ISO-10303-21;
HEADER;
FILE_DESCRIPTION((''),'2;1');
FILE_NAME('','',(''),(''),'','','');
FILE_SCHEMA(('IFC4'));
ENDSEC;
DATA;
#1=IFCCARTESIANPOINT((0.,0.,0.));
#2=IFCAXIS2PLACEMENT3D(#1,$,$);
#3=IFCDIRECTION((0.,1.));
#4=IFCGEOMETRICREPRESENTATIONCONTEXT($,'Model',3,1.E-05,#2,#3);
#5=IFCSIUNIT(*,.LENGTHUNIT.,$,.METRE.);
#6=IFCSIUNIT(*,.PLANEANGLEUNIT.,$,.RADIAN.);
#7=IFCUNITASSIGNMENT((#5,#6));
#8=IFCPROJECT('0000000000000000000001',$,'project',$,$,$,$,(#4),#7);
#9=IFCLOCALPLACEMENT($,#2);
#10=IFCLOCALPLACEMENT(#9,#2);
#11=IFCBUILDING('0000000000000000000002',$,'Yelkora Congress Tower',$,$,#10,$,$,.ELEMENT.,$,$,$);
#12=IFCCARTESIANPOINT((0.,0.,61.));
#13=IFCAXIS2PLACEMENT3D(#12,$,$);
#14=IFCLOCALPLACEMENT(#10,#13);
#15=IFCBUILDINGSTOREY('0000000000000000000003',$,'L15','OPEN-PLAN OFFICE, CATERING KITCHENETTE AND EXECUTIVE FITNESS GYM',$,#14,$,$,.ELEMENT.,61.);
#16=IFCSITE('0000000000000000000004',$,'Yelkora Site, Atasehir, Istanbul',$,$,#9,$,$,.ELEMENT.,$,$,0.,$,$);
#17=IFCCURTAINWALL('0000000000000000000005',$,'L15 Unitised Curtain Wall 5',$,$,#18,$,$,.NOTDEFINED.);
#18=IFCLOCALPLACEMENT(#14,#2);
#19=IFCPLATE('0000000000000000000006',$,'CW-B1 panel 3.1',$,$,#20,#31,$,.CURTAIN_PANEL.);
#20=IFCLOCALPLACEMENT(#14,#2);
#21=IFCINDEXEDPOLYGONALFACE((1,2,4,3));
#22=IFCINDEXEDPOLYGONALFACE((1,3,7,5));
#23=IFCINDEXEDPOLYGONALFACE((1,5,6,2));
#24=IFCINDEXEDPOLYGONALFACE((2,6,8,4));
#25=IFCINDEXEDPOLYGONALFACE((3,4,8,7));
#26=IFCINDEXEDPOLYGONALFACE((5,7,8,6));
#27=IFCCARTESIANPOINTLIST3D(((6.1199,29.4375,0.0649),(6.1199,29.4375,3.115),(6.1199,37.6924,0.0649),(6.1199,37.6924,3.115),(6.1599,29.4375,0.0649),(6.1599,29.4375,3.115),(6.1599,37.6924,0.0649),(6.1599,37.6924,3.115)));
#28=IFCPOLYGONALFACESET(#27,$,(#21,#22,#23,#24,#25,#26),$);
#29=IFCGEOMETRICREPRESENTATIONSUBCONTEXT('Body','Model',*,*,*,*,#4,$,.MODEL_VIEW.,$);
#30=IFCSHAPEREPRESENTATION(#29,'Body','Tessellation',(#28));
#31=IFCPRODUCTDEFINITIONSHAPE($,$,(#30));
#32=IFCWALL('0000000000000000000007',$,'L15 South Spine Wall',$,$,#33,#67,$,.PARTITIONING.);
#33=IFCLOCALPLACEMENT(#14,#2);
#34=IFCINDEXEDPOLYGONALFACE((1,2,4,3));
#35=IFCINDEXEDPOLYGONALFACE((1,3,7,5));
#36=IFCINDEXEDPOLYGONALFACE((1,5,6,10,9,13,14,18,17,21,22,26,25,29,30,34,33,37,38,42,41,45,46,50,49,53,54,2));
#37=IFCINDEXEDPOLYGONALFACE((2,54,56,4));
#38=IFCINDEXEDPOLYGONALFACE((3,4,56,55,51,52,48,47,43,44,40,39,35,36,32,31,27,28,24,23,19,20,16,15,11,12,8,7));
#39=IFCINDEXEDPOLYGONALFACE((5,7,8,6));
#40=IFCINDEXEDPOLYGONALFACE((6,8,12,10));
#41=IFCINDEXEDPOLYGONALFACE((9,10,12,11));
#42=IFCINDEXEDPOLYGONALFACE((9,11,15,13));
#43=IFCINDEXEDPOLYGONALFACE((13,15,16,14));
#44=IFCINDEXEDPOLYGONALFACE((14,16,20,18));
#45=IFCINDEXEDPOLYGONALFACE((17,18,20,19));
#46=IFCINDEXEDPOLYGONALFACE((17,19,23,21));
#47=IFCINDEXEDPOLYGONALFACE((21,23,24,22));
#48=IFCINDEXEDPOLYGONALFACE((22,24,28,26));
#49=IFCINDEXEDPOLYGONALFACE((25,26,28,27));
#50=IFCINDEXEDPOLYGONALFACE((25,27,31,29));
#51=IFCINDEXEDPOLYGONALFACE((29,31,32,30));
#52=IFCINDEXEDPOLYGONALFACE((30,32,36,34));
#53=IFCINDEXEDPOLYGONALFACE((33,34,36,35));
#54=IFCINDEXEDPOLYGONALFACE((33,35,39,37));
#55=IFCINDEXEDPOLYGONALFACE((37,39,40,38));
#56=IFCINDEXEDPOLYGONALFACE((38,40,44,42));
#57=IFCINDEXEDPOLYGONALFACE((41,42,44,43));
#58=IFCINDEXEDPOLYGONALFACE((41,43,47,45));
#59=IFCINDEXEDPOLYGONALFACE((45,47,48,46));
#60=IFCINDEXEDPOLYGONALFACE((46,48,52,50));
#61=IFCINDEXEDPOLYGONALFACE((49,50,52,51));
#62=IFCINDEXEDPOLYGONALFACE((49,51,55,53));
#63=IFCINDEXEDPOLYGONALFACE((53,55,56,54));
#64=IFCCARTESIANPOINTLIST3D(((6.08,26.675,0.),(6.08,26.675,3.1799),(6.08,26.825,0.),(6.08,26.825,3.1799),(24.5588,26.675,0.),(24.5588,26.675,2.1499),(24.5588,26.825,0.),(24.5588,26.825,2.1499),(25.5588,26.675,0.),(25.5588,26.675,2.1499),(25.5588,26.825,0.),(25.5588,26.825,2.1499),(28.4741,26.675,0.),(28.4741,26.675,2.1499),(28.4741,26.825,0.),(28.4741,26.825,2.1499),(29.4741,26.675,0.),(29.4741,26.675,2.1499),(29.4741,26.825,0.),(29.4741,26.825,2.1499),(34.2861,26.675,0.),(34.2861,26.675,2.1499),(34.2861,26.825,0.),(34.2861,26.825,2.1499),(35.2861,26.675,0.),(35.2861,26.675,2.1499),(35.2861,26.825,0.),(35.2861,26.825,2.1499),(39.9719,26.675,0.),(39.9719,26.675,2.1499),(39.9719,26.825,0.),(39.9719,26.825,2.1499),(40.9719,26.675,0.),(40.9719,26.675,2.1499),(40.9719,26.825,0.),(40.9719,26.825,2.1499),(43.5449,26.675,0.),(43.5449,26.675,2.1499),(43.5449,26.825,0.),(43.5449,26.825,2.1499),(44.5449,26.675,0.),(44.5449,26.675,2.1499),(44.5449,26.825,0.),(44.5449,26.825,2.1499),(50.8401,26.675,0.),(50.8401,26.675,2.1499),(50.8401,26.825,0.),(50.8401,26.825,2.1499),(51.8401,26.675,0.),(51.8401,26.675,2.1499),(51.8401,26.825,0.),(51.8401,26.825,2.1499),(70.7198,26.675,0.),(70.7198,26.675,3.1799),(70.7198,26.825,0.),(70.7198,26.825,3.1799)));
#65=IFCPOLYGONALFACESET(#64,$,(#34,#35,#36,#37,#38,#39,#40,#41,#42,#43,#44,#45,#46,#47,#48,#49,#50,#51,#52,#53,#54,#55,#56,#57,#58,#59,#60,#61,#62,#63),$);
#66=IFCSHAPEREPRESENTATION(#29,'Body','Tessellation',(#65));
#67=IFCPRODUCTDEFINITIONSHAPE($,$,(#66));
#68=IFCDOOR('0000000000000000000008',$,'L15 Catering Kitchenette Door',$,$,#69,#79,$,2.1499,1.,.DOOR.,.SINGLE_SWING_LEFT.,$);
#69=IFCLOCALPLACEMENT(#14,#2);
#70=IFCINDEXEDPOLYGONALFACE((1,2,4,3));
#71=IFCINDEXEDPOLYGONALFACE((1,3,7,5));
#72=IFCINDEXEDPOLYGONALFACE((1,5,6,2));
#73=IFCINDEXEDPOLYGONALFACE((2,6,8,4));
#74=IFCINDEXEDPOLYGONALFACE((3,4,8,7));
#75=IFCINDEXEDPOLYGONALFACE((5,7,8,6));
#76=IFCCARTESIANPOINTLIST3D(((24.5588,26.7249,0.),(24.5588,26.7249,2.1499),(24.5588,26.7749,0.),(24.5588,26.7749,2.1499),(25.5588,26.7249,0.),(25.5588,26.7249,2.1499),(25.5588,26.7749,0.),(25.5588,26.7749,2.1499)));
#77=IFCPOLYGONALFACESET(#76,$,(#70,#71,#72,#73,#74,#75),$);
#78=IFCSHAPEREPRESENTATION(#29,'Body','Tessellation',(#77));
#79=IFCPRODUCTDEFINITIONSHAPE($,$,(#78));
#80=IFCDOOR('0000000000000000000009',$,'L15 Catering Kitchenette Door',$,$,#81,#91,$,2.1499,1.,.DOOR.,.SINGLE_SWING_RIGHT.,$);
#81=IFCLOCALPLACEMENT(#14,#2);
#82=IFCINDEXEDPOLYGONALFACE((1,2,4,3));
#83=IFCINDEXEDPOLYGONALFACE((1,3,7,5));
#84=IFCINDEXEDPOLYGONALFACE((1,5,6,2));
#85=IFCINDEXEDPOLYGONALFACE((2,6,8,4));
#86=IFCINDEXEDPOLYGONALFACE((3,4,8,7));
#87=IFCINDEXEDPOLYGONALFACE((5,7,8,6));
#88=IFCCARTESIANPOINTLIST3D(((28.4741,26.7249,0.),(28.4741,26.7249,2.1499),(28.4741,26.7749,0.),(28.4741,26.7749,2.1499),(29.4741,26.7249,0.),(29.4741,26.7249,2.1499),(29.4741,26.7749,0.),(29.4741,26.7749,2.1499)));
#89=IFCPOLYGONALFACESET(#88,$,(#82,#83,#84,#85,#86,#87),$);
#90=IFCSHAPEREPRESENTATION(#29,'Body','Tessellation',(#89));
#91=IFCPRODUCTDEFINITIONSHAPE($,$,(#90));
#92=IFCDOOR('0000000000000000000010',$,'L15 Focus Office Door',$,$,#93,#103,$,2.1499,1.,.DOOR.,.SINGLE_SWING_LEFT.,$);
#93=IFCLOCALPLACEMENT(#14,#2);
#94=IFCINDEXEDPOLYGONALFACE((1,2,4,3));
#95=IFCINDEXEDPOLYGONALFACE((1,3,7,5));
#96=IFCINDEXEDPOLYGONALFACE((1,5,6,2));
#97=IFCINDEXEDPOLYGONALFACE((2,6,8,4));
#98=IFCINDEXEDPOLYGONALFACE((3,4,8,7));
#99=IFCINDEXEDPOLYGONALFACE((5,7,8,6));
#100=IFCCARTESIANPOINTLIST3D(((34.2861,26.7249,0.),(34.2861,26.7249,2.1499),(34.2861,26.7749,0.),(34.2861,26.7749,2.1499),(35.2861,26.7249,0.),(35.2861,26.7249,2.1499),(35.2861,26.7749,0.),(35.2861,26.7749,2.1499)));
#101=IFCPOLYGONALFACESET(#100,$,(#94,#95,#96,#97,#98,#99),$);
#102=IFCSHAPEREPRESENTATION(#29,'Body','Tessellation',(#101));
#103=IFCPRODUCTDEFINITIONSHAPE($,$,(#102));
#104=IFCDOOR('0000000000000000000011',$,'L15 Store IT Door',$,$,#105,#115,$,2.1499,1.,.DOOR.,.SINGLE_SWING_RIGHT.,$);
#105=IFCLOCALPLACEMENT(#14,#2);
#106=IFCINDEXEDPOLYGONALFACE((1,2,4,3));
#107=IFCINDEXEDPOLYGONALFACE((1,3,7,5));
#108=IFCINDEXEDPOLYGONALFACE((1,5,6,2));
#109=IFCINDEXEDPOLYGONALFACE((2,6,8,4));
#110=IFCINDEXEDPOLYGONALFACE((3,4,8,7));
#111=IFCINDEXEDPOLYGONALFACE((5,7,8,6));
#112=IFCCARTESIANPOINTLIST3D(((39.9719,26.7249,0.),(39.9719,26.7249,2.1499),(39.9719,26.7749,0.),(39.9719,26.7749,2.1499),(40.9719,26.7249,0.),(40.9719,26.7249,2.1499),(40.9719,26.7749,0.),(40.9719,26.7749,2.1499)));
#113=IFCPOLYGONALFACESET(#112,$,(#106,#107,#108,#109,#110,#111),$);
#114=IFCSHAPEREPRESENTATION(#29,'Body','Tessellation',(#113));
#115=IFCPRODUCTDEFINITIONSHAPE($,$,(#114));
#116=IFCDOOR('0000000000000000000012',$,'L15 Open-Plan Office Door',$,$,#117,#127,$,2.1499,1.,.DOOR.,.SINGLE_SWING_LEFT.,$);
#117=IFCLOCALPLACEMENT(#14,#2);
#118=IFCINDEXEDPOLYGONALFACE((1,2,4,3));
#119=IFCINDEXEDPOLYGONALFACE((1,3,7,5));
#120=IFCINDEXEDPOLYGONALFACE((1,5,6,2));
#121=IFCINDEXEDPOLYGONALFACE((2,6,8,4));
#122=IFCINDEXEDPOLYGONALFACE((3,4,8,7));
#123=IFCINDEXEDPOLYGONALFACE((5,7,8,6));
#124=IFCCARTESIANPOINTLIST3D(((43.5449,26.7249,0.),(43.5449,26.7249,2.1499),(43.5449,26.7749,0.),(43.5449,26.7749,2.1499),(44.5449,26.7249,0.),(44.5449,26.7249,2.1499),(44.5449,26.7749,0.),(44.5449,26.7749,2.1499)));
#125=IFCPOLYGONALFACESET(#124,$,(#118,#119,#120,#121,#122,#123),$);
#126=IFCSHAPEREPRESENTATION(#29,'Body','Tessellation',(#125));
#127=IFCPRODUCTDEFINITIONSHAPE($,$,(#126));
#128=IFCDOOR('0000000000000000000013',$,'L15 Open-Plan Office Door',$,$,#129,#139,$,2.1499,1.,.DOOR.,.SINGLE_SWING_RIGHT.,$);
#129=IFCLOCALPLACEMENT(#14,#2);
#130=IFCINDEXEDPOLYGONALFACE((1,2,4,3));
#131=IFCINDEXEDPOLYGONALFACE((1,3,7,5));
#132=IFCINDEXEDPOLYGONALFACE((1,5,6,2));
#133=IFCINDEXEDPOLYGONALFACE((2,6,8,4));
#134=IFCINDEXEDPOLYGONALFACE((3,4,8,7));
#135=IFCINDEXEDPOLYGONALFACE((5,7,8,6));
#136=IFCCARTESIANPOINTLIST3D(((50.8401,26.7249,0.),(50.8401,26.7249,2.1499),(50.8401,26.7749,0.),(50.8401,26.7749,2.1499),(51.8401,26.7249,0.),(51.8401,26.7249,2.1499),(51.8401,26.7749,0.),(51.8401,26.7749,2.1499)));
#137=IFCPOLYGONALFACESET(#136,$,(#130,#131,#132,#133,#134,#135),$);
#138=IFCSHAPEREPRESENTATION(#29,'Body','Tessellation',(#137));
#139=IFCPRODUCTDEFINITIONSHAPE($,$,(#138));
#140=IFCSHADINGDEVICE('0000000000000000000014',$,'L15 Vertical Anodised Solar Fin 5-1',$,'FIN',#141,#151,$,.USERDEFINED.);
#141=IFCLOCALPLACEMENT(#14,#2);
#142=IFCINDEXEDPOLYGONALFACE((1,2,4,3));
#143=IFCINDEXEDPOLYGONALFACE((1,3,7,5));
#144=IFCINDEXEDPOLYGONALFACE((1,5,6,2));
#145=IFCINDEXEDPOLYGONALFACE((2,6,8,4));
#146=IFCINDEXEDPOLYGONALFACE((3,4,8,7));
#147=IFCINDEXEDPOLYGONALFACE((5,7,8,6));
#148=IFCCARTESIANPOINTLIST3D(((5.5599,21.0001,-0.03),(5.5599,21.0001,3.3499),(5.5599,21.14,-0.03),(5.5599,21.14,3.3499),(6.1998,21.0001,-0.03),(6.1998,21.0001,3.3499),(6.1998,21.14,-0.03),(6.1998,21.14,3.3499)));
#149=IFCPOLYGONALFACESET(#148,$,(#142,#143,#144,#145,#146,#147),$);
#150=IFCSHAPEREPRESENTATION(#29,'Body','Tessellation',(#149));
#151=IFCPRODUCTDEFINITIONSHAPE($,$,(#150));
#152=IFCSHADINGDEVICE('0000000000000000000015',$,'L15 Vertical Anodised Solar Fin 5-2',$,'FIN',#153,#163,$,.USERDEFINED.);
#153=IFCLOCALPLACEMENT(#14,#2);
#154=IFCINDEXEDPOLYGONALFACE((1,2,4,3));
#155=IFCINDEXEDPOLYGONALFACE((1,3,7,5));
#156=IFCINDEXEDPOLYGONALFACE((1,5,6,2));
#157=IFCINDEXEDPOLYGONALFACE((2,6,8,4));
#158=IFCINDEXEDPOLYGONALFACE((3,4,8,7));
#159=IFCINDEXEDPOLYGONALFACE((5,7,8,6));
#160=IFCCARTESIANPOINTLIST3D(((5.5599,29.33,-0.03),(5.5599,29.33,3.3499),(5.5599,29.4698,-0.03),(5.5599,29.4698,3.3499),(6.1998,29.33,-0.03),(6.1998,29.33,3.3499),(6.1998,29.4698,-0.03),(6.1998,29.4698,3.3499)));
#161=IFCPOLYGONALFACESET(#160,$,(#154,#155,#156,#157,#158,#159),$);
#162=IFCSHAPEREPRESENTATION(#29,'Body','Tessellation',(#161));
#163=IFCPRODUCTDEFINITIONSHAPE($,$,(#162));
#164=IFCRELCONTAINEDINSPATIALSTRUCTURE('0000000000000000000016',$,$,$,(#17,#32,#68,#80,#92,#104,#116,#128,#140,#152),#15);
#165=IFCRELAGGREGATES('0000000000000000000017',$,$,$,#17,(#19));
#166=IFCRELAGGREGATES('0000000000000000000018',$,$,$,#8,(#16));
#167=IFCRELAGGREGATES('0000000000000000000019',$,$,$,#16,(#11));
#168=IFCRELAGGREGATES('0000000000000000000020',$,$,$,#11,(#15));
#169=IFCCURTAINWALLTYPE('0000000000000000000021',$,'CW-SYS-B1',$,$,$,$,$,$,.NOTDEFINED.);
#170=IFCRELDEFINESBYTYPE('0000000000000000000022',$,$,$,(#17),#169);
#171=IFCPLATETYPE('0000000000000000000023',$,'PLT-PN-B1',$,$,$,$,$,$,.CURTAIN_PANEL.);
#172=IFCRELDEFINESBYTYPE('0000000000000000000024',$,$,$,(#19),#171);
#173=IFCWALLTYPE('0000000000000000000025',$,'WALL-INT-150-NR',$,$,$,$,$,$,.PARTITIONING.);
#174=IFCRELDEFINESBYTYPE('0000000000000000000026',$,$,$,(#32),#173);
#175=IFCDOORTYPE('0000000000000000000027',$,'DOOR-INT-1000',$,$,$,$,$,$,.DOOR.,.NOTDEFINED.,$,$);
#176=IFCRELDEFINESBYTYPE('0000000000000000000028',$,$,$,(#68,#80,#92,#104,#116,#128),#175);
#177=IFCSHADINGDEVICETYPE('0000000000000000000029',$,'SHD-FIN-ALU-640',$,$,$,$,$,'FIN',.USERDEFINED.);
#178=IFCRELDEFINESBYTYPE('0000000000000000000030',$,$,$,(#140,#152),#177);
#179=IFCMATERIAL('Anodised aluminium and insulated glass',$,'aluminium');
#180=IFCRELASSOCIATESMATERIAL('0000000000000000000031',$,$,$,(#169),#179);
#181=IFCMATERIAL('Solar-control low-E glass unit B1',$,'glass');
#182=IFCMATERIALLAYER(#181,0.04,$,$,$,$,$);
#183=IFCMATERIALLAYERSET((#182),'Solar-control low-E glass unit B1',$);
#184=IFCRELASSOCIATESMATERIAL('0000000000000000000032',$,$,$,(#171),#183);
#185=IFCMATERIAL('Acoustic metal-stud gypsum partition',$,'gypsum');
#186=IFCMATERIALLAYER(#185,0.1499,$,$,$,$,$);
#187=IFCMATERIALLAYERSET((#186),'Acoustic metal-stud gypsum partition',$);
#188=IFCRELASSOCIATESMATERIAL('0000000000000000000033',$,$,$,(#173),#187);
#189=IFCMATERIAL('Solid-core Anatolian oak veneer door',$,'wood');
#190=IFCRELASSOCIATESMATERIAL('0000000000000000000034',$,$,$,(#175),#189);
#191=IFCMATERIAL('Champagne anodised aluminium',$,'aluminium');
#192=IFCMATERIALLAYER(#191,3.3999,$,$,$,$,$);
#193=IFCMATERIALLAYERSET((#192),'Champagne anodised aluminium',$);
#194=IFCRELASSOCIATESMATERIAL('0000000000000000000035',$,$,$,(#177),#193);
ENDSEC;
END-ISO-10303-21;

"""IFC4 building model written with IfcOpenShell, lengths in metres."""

from ifc_helpers import new_model, si_unit, direction, frame, frame_2d, origin, origin_2d, place, context, subcontext, project, spatial, rectangle, extrude, material, layer, layer_set, type_object, element, fill, aggregate, save


model = new_model("IFC4")

# Units and contexts
model_context = context("Model", 3, precision=1e-05, world=origin(), true_north=direction((0.0, 1.0)))
body_context = subcontext(model_context, "Body", "Model", "MODEL_VIEW")
ifc_project = project(units=[si_unit("LENGTHUNIT", "METRE"), si_unit("PLANEANGLEUNIT", "RADIAN")], contexts=[model_context])

# Site, building, storey
site_placement = place(None, origin())
site = spatial("IfcSite", under=ifc_project, at=site_placement, Name="Yelkora Site, Atasehir, Istanbul", CompositionType="ELEMENT", RefElevation=0.0)
building_placement = place(site_placement, origin())
building = spatial("IfcBuilding", under=site, at=building_placement, Name="Yelkora Congress Tower", CompositionType="ELEMENT")
storey_placement = place(building_placement, frame((0.0, 0.0, 61.0)))
storey = spatial("IfcBuildingStorey", under=building, at=storey_placement, Name="L15", Description="OPEN-PLAN OFFICE, CATERING KITCHENETTE AND EXECUTIVE FITNESS GYM", CompositionType="ELEMENT", Elevation=61.0)

# Curtain wall, plate
ifc_material_1 = material(Name="Anodised aluminium and insulated glass", Category="aluminium")
curtain_wall_type = type_object("IfcCurtainWallType", Name="CW-SYS-B1", PredefinedType="NOTDEFINED", material=ifc_material_1)
curtain_wall_placement = place(storey_placement, origin())
curtain_wall = element("IfcCurtainWall", 1, at=curtain_wall_placement, inside=storey, type_object=curtain_wall_type, Name="L15 Unitised Curtain Wall 5", PredefinedType="NOTDEFINED")
ifc_material_2 = material(Name="Solar-control low-E glass unit B1", Category="glass")
ifc_layer_1 = layer(ifc_material_2, 0.04)
ifc_layer_set_1 = layer_set([ifc_layer_1], Name="Solar-control low-E glass unit B1")
plate_type = type_object("IfcPlateType", Name="PLT-PN-B1", PredefinedType="CURTAIN_PANEL", material=ifc_layer_set_1)
plate_1_placement = place(storey_placement, frame((6.1399, 33.5649, 0.0649), z_axis=(0.0, 0.0, 1.0), x_axis=(0.0, 1.0, 0.0)))
plate_1 = element("IfcPlate", 2, at=plate_1_placement, type_object=plate_type, Name="CW-B1 panel 3.1", PredefinedType="CURTAIN_PANEL", context=body_context, shape_type="SweptSolid", body=[
    extrude(rectangle(XDim=8.2549, YDim=0.04, at=origin_2d()), origin(), (0.0, 0.0, 1.0), 3.05),
])
aggregate(curtain_wall, [plate_1])

# Wall, openings, doors
ifc_material_3 = material(Name="Acoustic metal-stud gypsum partition", Category="gypsum")
ifc_layer_2 = layer(ifc_material_3, 0.1499)
ifc_layer_set_2 = layer_set([ifc_layer_2], Name="Acoustic metal-stud gypsum partition")
wall_type = type_object("IfcWallType", Name="WALL-INT-150-NR", PredefinedType="PARTITIONING", material=ifc_layer_set_2)
wall_placement = place(storey_placement, frame((6.0801, 26.75, 0.0), z_axis=(0.0, 0.0, 1.0), x_axis=(1.0, 0.0, 0.0)))
wall = element("IfcWall", 3, at=wall_placement, inside=storey, type_object=wall_type, Name="L15 South Spine Wall", PredefinedType="PARTITIONING", context=body_context, shape_type="SweptSolid", body=[
    extrude(rectangle(XDim=64.6399, YDim=0.1499, at=frame_2d((32.3198, 0.0))), origin(), (0.0, 0.0, 1.0), 3.1799),
])
opening_1_placement = place(wall_placement, frame((18.4788, 0.0, 0.0)))
opening_1 = element("IfcOpeningElement", 4, at=opening_1_placement, cuts=wall, PredefinedType="OPENING", context=body_context, shape_type="SweptSolid", body=[
    extrude(rectangle(XDim=1.0, YDim=2.1499, at=frame_2d((0.5, 1.075))), frame((0.0, 0.085, 0.0), z_axis=(0.0, -1.0, 0.0), x_axis=(1.0, 0.0, 0.0)), (0.0, 0.0, 1.0), 0.1699),
])
opening_2_placement = place(wall_placement, frame((22.394, 0.0, 0.0)))
opening_2 = element("IfcOpeningElement", 5, at=opening_2_placement, cuts=wall, PredefinedType="OPENING", context=body_context, shape_type="SweptSolid", body=[
    extrude(rectangle(XDim=1.0, YDim=2.1499, at=frame_2d((0.5, 1.075))), frame((0.0, 0.085, 0.0), z_axis=(0.0, -1.0, 0.0), x_axis=(1.0, 0.0, 0.0)), (0.0, 0.0, 1.0), 0.1699),
])
opening_3_placement = place(wall_placement, frame((28.2061, 0.0, 0.0)))
opening_3 = element("IfcOpeningElement", 6, at=opening_3_placement, cuts=wall, PredefinedType="OPENING", context=body_context, shape_type="SweptSolid", body=[
    extrude(rectangle(XDim=1.0, YDim=2.1499, at=frame_2d((0.5, 1.075))), frame((0.0, 0.085, 0.0), z_axis=(0.0, -1.0, 0.0), x_axis=(1.0, 0.0, 0.0)), (0.0, 0.0, 1.0), 0.1699),
])
opening_4_placement = place(wall_placement, frame((33.8918, 0.0, 0.0)))
opening_4 = element("IfcOpeningElement", 7, at=opening_4_placement, cuts=wall, PredefinedType="OPENING", context=body_context, shape_type="SweptSolid", body=[
    extrude(rectangle(XDim=1.0, YDim=2.1499, at=frame_2d((0.5, 1.075))), frame((0.0, 0.085, 0.0), z_axis=(0.0, -1.0, 0.0), x_axis=(1.0, 0.0, 0.0)), (0.0, 0.0, 1.0), 0.1699),
])
opening_5_placement = place(wall_placement, frame((37.4648, 0.0, 0.0)))
opening_5 = element("IfcOpeningElement", 8, at=opening_5_placement, cuts=wall, PredefinedType="OPENING", context=body_context, shape_type="SweptSolid", body=[
    extrude(rectangle(XDim=1.0, YDim=2.1499, at=frame_2d((0.5, 1.075))), frame((0.0, 0.085, 0.0), z_axis=(0.0, -1.0, 0.0), x_axis=(1.0, 0.0, 0.0)), (0.0, 0.0, 1.0), 0.1699),
])
opening_6_placement = place(wall_placement, frame((44.76, 0.0, 0.0)))
opening_6 = element("IfcOpeningElement", 9, at=opening_6_placement, cuts=wall, PredefinedType="OPENING", context=body_context, shape_type="SweptSolid", body=[
    extrude(rectangle(XDim=1.0, YDim=2.1499, at=frame_2d((0.5, 1.075))), frame((0.0, 0.085, 0.0), z_axis=(0.0, -1.0, 0.0), x_axis=(1.0, 0.0, 0.0)), (0.0, 0.0, 1.0), 0.1699),
])
ifc_material_4 = material(Name="Solid-core Anatolian oak veneer door", Category="wood")
door_type = type_object("IfcDoorType", Name="DOOR-INT-1000", OperationType="NOTDEFINED", PredefinedType="DOOR", material=ifc_material_4)
door_1_placement = place(opening_1_placement, origin())
door_1 = element("IfcDoor", 10, at=door_1_placement, inside=storey, type_object=door_type, Name="L15 Catering Kitchenette Door", OperationType="SINGLE_SWING_LEFT", OverallHeight=2.1499, OverallWidth=1.0, PredefinedType="DOOR", context=body_context, shape_type="SweptSolid", body=[
    extrude(rectangle(XDim=1.0, YDim=2.1499, at=frame_2d((0.5, 1.075))), frame((0.0, 0.0249, 0.0), z_axis=(0.0, -1.0, 0.0), x_axis=(1.0, 0.0, 0.0)), (0.0, 0.0, 1.0), 0.05),
])
fill(opening_1, door_1)
door_2_placement = place(opening_2_placement, origin())
door_2 = element("IfcDoor", 11, at=door_2_placement, inside=storey, type_object=door_type, Name="L15 Catering Kitchenette Door", OperationType="SINGLE_SWING_RIGHT", OverallHeight=2.1499, OverallWidth=1.0, PredefinedType="DOOR", context=body_context, shape_type="SweptSolid", body=[
    extrude(rectangle(XDim=1.0, YDim=2.1499, at=frame_2d((0.5, 1.075))), frame((0.0, 0.0249, 0.0), z_axis=(0.0, -1.0, 0.0), x_axis=(1.0, 0.0, 0.0)), (0.0, 0.0, 1.0), 0.05),
])
fill(opening_2, door_2)
door_3_placement = place(opening_3_placement, origin())
door_3 = element("IfcDoor", 12, at=door_3_placement, inside=storey, type_object=door_type, Name="L15 Focus Office Door", OperationType="SINGLE_SWING_LEFT", OverallHeight=2.1499, OverallWidth=1.0, PredefinedType="DOOR", context=body_context, shape_type="SweptSolid", body=[
    extrude(rectangle(XDim=1.0, YDim=2.1499, at=frame_2d((0.5, 1.075))), frame((0.0, 0.0249, 0.0), z_axis=(0.0, -1.0, 0.0), x_axis=(1.0, 0.0, 0.0)), (0.0, 0.0, 1.0), 0.05),
])
fill(opening_3, door_3)
door_4_placement = place(opening_4_placement, origin())
door_4 = element("IfcDoor", 13, at=door_4_placement, inside=storey, type_object=door_type, Name="L15 Store IT Door", OperationType="SINGLE_SWING_RIGHT", OverallHeight=2.1499, OverallWidth=1.0, PredefinedType="DOOR", context=body_context, shape_type="SweptSolid", body=[
    extrude(rectangle(XDim=1.0, YDim=2.1499, at=frame_2d((0.5, 1.075))), frame((0.0, 0.0249, 0.0), z_axis=(0.0, -1.0, 0.0), x_axis=(1.0, 0.0, 0.0)), (0.0, 0.0, 1.0), 0.05),
])
fill(opening_4, door_4)
door_5_placement = place(opening_5_placement, origin())
door_5 = element("IfcDoor", 14, at=door_5_placement, inside=storey, type_object=door_type, Name="L15 Open-Plan Office Door", OperationType="SINGLE_SWING_LEFT", OverallHeight=2.1499, OverallWidth=1.0, PredefinedType="DOOR", context=body_context, shape_type="SweptSolid", body=[
    extrude(rectangle(XDim=1.0, YDim=2.1499, at=frame_2d((0.5, 1.075))), frame((0.0, 0.0249, 0.0), z_axis=(0.0, -1.0, 0.0), x_axis=(1.0, 0.0, 0.0)), (0.0, 0.0, 1.0), 0.05),
])
fill(opening_5, door_5)
door_6_placement = place(opening_6_placement, origin())
door_6 = element("IfcDoor", 15, at=door_6_placement, inside=storey, type_object=door_type, Name="L15 Open-Plan Office Door", OperationType="SINGLE_SWING_RIGHT", OverallHeight=2.1499, OverallWidth=1.0, PredefinedType="DOOR", context=body_context, shape_type="SweptSolid", body=[
    extrude(rectangle(XDim=1.0, YDim=2.1499, at=frame_2d((0.5, 1.075))), frame((0.0, 0.0249, 0.0), z_axis=(0.0, -1.0, 0.0), x_axis=(1.0, 0.0, 0.0)), (0.0, 0.0, 1.0), 0.05),
])
fill(opening_6, door_6)

# Shading devices
ifc_material_5 = material(Name="Champagne anodised aluminium", Category="aluminium")
ifc_layer_3 = layer(ifc_material_5, 3.3999)
ifc_layer_set_3 = layer_set([ifc_layer_3], Name="Champagne anodised aluminium")
shading_device_type = type_object("IfcShadingDeviceType", Name="SHD-FIN-ALU-640", ElementType="FIN", PredefinedType="USERDEFINED", material=ifc_layer_set_3)
for number, where, z_axis, x_axis, name in (
    (16, (5.8799, 21.0701, -0.03), (0.0, 0.0, 1.0), (0.0, 1.0, 0.0), "L15 Vertical Anodised Solar Fin 5-1"),
    (17, (5.8799, 29.3999, -0.03), (0.0, 0.0, 1.0), (0.0, 1.0, 0.0), "L15 Vertical Anodised Solar Fin 5-2"),
):
    element("IfcShadingDevice", number, at=place(storey_placement, frame(where, z_axis=z_axis, x_axis=x_axis)), inside=storey, type_object=shading_device_type, Name=name, ObjectType="FIN", PredefinedType="USERDEFINED", context=body_context, shape_type="SweptSolid", body=[
        extrude(rectangle(XDim=0.1399, YDim=0.6399, at=origin_2d()), origin(), (0.0, 0.0, 1.0), 3.3799),
    ])

save(model, "model.ifc")
